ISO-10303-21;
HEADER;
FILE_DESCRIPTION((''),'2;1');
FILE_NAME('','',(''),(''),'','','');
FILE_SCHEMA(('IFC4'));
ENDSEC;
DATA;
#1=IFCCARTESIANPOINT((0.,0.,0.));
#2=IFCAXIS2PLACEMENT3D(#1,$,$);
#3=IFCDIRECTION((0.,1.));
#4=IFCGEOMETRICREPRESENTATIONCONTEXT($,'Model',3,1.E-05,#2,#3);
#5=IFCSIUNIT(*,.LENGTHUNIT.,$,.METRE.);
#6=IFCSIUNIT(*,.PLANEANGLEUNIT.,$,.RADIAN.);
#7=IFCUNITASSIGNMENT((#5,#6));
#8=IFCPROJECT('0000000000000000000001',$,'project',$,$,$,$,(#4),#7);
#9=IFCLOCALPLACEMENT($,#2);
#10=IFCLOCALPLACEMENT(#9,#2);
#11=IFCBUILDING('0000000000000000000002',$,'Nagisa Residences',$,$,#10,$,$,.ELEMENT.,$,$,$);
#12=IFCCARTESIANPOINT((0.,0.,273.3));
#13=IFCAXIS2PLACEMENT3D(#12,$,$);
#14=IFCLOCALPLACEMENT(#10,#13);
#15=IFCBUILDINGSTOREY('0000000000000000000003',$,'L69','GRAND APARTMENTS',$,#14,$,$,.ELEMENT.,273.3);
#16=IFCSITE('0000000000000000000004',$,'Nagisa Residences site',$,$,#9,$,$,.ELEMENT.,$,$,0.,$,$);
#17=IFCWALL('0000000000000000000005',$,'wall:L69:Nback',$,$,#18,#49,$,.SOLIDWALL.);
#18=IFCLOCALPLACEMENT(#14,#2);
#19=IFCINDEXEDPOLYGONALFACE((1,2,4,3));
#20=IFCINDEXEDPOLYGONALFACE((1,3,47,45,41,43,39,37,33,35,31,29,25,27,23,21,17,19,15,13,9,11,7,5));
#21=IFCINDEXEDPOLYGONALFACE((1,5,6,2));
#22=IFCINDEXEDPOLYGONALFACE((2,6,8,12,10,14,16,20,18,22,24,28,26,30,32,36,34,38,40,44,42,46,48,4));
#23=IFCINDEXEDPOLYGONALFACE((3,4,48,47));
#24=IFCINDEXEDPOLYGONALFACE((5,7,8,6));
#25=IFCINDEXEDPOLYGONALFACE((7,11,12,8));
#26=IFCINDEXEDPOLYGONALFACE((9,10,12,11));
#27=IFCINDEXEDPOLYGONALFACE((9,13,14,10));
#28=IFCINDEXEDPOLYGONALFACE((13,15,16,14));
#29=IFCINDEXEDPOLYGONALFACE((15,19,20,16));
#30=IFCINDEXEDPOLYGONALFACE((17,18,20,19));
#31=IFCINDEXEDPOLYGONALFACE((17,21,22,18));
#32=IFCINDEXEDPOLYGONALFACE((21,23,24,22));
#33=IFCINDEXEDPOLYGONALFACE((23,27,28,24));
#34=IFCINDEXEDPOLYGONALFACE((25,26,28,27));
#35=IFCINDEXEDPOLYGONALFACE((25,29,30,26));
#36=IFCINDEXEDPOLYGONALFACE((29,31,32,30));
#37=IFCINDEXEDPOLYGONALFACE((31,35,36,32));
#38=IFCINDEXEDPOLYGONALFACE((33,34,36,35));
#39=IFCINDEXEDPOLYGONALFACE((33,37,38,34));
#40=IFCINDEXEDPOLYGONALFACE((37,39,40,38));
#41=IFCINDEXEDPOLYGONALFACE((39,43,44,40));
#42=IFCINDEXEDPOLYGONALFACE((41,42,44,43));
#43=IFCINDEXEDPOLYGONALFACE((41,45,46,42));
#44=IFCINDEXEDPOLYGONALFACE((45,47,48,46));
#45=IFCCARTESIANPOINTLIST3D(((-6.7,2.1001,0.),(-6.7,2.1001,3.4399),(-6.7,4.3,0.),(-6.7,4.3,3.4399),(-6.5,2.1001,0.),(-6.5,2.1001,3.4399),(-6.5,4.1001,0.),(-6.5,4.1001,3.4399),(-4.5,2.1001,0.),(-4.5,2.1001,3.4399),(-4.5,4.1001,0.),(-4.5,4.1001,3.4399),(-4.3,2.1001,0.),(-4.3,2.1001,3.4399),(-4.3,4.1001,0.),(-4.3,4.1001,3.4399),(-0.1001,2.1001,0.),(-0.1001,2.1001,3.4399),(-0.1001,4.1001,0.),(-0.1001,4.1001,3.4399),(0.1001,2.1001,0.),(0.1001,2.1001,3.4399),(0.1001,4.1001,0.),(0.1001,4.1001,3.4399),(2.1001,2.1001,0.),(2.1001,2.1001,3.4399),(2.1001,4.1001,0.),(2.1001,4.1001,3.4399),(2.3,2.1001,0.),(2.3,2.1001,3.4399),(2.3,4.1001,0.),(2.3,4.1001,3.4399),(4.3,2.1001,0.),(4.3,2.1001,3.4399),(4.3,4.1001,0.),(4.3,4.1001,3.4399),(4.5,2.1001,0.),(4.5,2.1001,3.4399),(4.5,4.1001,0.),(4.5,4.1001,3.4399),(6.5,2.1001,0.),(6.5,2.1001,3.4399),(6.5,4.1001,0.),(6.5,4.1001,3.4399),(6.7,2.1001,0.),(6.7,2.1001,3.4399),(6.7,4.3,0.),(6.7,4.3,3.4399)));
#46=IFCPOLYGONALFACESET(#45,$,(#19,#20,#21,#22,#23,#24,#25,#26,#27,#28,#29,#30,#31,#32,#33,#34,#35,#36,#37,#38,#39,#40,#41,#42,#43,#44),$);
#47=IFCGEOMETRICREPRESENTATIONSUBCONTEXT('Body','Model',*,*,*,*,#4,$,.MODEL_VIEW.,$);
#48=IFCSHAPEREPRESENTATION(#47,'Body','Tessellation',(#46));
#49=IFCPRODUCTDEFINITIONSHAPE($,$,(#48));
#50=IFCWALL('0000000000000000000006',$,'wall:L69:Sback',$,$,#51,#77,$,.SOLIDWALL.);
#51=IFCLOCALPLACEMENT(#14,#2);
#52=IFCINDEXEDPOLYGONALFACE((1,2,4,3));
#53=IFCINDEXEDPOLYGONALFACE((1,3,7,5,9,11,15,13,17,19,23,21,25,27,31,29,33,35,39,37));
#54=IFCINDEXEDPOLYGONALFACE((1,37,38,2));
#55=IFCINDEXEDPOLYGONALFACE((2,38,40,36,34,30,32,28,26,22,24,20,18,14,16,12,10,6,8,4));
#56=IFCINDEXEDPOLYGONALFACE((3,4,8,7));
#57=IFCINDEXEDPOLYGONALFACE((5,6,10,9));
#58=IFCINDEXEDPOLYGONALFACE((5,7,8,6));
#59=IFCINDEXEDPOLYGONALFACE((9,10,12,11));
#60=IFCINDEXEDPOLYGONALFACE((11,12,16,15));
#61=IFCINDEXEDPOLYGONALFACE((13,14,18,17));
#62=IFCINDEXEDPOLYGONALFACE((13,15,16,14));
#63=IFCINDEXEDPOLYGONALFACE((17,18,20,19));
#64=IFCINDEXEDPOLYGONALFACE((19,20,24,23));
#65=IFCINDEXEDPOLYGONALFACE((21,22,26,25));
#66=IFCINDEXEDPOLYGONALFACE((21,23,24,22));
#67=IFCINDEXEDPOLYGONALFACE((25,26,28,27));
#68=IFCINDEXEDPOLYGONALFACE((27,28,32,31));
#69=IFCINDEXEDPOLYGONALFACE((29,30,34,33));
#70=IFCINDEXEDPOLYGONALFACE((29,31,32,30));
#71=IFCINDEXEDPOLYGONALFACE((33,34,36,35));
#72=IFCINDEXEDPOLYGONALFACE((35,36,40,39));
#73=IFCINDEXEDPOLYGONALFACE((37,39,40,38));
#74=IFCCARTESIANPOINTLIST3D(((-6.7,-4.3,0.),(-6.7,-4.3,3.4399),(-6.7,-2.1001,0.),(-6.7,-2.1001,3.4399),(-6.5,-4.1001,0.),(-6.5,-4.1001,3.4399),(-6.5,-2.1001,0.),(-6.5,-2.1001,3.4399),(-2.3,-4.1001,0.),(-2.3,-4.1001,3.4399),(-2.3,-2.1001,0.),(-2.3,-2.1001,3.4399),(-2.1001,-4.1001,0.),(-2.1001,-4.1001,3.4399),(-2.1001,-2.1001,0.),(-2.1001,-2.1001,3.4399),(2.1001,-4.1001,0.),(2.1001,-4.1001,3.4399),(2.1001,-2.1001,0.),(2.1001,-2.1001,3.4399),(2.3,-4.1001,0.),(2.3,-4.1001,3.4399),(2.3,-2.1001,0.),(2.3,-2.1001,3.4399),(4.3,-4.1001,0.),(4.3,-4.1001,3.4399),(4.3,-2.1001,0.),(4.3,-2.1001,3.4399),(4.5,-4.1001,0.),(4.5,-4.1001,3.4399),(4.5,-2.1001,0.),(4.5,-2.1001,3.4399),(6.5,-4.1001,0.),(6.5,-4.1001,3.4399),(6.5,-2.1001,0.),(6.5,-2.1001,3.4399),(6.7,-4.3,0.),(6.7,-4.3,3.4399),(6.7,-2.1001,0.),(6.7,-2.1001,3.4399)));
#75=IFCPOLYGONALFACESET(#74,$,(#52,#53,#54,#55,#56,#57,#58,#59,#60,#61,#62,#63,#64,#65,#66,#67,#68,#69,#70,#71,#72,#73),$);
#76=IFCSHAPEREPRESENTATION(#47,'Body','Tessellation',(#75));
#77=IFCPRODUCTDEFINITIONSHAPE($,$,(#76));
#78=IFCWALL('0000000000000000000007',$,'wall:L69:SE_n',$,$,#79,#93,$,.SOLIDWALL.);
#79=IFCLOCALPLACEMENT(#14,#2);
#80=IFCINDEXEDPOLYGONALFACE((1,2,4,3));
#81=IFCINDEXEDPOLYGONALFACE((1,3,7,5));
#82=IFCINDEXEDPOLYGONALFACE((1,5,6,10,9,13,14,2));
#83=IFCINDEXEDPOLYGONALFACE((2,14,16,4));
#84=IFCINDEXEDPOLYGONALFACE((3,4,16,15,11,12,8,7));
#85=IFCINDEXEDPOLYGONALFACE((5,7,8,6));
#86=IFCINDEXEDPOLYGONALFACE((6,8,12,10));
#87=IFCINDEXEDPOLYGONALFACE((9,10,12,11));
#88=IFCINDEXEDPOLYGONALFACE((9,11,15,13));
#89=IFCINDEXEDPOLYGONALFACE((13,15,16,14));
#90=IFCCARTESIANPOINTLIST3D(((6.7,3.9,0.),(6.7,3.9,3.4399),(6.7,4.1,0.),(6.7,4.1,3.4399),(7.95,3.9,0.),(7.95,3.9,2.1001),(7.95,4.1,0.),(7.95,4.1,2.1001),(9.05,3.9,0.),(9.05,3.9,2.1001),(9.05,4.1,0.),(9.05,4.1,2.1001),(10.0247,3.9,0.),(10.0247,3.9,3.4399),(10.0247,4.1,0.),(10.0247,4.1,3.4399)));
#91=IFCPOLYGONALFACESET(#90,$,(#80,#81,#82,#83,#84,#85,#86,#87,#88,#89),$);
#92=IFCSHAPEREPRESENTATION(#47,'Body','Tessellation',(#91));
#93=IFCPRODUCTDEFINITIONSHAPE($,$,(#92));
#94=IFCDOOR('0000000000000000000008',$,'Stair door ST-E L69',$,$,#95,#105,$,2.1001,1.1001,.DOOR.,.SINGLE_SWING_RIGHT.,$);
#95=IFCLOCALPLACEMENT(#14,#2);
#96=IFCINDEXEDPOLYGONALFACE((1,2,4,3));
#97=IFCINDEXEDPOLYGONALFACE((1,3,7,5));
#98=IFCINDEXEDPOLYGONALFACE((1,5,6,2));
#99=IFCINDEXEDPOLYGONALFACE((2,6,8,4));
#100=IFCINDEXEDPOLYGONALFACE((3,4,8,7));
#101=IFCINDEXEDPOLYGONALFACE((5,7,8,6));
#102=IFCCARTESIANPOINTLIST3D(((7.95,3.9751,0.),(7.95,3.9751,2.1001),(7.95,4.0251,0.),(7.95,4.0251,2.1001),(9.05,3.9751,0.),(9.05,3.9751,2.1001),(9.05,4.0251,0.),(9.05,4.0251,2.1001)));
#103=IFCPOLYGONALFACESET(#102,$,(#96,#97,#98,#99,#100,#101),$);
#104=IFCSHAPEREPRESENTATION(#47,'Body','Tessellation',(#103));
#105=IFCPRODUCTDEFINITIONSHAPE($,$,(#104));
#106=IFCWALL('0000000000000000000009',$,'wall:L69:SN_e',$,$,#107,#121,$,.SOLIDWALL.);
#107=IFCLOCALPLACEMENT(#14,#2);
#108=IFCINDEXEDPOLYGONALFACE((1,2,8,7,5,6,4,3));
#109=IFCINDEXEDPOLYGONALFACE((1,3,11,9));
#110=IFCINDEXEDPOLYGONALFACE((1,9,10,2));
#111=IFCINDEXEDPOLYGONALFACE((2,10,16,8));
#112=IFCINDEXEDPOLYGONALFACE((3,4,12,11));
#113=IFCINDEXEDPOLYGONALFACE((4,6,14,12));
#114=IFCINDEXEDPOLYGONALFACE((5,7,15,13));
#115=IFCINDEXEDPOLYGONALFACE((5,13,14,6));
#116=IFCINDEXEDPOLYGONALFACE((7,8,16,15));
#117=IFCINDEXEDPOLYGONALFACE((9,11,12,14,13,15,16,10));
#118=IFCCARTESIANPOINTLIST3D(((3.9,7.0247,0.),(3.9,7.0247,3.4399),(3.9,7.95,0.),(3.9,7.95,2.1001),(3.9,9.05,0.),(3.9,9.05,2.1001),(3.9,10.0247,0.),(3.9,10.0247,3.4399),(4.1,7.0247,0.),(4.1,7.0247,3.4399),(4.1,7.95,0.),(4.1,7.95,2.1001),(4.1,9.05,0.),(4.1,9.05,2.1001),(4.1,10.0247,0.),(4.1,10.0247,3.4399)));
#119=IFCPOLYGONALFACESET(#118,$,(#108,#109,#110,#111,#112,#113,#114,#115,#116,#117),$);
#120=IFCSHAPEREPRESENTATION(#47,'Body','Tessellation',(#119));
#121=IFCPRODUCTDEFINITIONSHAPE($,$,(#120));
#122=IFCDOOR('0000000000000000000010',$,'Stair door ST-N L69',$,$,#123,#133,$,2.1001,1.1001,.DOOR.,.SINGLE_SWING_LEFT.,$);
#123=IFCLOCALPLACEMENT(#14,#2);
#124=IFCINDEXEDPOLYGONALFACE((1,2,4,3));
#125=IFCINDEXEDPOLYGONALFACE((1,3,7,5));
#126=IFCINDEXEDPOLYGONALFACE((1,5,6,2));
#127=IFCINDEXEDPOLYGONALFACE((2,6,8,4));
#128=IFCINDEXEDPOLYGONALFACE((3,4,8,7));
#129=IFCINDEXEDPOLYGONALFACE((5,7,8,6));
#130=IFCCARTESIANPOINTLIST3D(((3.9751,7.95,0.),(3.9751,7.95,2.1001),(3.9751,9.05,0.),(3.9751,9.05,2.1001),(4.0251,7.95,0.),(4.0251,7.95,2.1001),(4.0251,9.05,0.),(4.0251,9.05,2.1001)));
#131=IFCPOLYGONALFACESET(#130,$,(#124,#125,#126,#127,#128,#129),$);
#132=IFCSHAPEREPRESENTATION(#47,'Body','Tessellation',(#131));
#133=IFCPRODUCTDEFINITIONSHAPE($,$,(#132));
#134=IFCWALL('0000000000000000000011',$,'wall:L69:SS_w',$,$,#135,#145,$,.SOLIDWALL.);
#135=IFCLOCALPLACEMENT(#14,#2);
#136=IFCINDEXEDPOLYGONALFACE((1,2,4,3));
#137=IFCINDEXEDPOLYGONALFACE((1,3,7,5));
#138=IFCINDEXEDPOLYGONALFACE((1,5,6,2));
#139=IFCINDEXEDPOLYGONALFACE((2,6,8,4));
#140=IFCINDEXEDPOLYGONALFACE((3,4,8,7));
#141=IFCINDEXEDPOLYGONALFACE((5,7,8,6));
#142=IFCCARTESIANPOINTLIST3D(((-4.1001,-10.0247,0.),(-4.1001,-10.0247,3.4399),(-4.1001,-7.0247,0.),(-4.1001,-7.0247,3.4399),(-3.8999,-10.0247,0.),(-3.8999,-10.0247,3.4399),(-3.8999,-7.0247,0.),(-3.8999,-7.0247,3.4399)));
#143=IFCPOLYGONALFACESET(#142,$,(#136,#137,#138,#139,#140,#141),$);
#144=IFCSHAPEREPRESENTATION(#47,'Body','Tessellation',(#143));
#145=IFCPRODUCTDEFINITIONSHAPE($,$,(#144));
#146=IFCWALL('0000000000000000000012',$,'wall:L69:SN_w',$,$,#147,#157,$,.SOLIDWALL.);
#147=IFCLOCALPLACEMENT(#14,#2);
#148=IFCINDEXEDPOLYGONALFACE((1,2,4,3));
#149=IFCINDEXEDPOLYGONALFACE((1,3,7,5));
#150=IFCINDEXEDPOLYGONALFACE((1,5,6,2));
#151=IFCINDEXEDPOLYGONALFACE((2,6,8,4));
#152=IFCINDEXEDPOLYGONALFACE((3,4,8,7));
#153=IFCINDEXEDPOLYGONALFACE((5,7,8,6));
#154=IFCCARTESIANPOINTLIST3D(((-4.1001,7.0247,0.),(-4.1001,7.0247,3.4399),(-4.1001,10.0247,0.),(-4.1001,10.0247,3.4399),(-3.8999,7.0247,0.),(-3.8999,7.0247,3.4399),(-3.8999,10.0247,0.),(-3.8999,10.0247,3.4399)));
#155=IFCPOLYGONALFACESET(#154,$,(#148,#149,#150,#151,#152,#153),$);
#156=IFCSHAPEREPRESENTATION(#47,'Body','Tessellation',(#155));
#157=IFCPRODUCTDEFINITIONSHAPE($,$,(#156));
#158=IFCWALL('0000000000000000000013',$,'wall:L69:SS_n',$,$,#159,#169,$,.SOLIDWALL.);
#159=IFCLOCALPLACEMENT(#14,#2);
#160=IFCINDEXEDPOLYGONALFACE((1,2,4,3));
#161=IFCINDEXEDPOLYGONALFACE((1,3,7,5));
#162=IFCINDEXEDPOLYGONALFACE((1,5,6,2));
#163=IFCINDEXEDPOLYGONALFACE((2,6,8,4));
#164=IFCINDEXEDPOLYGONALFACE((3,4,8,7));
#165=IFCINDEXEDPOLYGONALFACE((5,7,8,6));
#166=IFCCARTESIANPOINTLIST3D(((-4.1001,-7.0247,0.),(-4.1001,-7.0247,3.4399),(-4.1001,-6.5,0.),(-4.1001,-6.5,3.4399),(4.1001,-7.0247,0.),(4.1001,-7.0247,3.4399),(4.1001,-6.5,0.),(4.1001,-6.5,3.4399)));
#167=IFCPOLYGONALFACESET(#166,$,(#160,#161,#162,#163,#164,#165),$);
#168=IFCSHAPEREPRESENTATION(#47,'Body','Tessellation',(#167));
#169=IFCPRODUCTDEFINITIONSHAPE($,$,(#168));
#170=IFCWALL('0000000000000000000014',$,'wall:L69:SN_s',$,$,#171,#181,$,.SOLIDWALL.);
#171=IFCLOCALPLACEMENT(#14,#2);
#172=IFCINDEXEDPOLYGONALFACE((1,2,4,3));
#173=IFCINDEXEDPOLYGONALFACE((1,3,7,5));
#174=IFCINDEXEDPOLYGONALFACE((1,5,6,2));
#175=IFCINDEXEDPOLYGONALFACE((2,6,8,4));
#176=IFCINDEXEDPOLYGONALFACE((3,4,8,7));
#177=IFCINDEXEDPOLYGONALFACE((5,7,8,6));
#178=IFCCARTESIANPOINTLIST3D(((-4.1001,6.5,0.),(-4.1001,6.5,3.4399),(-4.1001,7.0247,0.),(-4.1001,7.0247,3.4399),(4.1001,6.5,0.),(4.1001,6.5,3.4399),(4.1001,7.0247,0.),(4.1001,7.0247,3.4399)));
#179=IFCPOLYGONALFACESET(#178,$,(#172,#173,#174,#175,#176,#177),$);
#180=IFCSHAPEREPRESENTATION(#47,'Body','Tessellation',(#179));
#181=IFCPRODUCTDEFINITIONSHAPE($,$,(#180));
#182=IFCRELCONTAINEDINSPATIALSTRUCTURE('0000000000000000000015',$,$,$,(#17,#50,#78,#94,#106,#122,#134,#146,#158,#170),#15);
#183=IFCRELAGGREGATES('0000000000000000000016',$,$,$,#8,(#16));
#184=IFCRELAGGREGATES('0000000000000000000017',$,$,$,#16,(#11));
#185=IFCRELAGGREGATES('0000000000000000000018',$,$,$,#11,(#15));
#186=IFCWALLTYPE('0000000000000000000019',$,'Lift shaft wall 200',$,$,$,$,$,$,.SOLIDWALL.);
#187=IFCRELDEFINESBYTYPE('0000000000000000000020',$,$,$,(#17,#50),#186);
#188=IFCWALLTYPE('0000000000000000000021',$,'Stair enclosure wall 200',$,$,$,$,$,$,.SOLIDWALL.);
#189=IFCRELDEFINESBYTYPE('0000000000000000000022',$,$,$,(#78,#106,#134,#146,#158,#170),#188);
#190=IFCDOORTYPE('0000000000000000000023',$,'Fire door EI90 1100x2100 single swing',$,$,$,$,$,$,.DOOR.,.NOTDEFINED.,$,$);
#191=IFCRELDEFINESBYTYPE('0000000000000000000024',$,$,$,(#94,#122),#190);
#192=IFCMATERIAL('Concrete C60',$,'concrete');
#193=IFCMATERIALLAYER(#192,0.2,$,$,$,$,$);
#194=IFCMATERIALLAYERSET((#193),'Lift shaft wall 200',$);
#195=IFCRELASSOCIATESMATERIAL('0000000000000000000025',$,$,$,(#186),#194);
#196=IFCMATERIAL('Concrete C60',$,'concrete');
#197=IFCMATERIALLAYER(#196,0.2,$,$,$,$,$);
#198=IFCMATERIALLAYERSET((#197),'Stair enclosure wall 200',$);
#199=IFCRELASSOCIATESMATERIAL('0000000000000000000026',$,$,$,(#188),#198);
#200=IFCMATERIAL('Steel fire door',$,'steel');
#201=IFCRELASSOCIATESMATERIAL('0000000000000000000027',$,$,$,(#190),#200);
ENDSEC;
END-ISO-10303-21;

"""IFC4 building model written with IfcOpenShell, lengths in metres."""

from ifc_helpers import new_model, si_unit, direction, frame, frame_2d, origin, place, context, subcontext, project, spatial, polyline, rectangle, outline, extrude, material, layer, layer_set, type_object, element, fill, save


model = new_model("IFC4")

# Units and contexts
model_context = context("Model", 3, precision=1e-05, world=origin(), true_north=direction((0.0, 1.0)))
body_context = subcontext(model_context, "Body", "Model", "MODEL_VIEW")
ifc_project = project(units=[si_unit("LENGTHUNIT", "METRE"), si_unit("PLANEANGLEUNIT", "RADIAN")], contexts=[model_context])

# Site, building, storey
site_placement = place(None, origin())
site = spatial("IfcSite", under=ifc_project, at=site_placement, Name="Nagisa Residences site", CompositionType="ELEMENT", RefElevation=0.0)
building_placement = place(site_placement, origin())
building = spatial("IfcBuilding", under=site, at=building_placement, Name="Nagisa Residences", CompositionType="ELEMENT")
storey_placement = place(building_placement, frame((0.0, 0.0, 273.3)))
storey = spatial("IfcBuildingStorey", under=building, at=storey_placement, Name="L69", Description="GRAND APARTMENTS", CompositionType="ELEMENT", Elevation=273.3)

# Shared definitions
ifc_material_1 = material(Name="Concrete C60", Category="concrete")
ifc_layer_1 = layer(ifc_material_1, 0.2)
ifc_layer_set_1 = layer_set([ifc_layer_1], Name="Lift shaft wall 200")
wall_type_1 = type_object("IfcWallType", Name="Lift shaft wall 200", PredefinedType="SOLIDWALL", material=ifc_layer_set_1)

# Walls
wall_1_placement = place(storey_placement, origin())
element("IfcWall", 1, at=wall_1_placement, inside=storey, type_object=wall_type_1, Name="wall:L69:Nback", PredefinedType="SOLIDWALL", context=body_context, shape_type="SweptSolid", body=[
    extrude(outline(polyline([(-6.7, 4.3), (6.7, 4.3), (6.7, 2.1001), (6.5, 2.1001), (6.5, 4.1001), (4.5, 4.1001), (4.5, 2.1001), (4.3, 2.1001), (4.3, 4.1001), (2.3, 4.1001), (2.3, 2.1001), (2.1001, 2.1001), (2.1001, 4.1001), (0.1001, 4.1001), (0.1001, 2.1001), (-0.1001, 2.1001), (-0.1001, 4.1001), (-4.3, 4.1001), (-4.3, 2.1001), (-4.5, 2.1001), (-4.5, 4.1001), (-6.5, 4.1001), (-6.5, 2.1001), (-6.7, 2.1001), (-6.7, 4.3)])), origin(), (0.0, 0.0, 1.0), 3.4399),
])
wall_2_placement = place(storey_placement, origin())
element("IfcWall", 2, at=wall_2_placement, inside=storey, type_object=wall_type_1, Name="wall:L69:Sback", PredefinedType="SOLIDWALL", context=body_context, shape_type="SweptSolid", body=[
    extrude(outline(polyline([(-6.7, -2.1001), (-6.5, -2.1001), (-6.5, -4.1001), (-2.3, -4.1001), (-2.3, -2.1001), (-2.1001, -2.1001), (-2.1001, -4.1001), (2.1001, -4.1001), (2.1001, -2.1001), (2.3, -2.1001), (2.3, -4.1001), (4.3, -4.1001), (4.3, -2.1001), (4.5, -2.1001), (4.5, -4.1001), (6.5, -4.1001), (6.5, -2.1001), (6.7, -2.1001), (6.7, -4.3), (-6.7, -4.3), (-6.7, -2.1001)])), origin(), (0.0, 0.0, 1.0), 3.4399),
])

# Walls, openings, doors
ifc_material_2 = material(Name="Concrete C60", Category="concrete")
ifc_layer_2 = layer(ifc_material_2, 0.2)
ifc_layer_set_2 = layer_set([ifc_layer_2], Name="Stair enclosure wall 200")
wall_type_2 = type_object("IfcWallType", Name="Stair enclosure wall 200", PredefinedType="SOLIDWALL", material=ifc_layer_set_2)
wall_3_placement = place(storey_placement, frame((6.7, 4.0, 0.0), z_axis=(0.0, 0.0, 1.0), x_axis=(1.0, 0.0, 0.0)))
wall_3 = element("IfcWall", 3, at=wall_3_placement, inside=storey, type_object=wall_type_2, Name="wall:L69:SE_n", PredefinedType="SOLIDWALL", context=body_context, shape_type="SweptSolid", body=[
    extrude(rectangle(XDim=3.3247, YDim=0.2, at=frame_2d((1.6624, 0.0))), origin(), (0.0, 0.0, 1.0), 3.4399),
])
opening_1_placement = place(wall_3_placement, frame((1.25, 0.0, 0.0)))
opening_1 = element("IfcOpeningElement", 4, at=opening_1_placement, cuts=wall_3, PredefinedType="OPENING", context=body_context, shape_type="SweptSolid", body=[
    extrude(rectangle(XDim=1.1001, YDim=2.1001, at=frame_2d((0.55, 1.05))), frame((0.0, 0.1099, 0.0), z_axis=(0.0, -1.0, 0.0), x_axis=(1.0, 0.0, 0.0)), (0.0, 0.0, 1.0), 0.22),
])
ifc_material_3 = material(Name="Steel fire door", Category="steel")
door_type_1 = type_object("IfcDoorType", Name="Fire door EI90 1100x2100 single swing", OperationType="NOTDEFINED", PredefinedType="DOOR", material=ifc_material_3)
door_1_placement = place(opening_1_placement, frame((1.1001, 0.0, 0.0), x_axis=(-1.0, 0.0, 0.0)))
door_1 = element("IfcDoor", 5, at=door_1_placement, inside=storey, type_object=door_type_1, Name="Stair door ST-E L69", OperationType="SINGLE_SWING_RIGHT", OverallHeight=2.1001, OverallWidth=1.1001, PredefinedType="DOOR", context=body_context, shape_type="SweptSolid", body=[
    extrude(rectangle(XDim=1.1001, YDim=2.1001, at=frame_2d((0.55, 1.05))), frame((0.0, 0.0249, 0.0), z_axis=(0.0, -1.0, 0.0), x_axis=(1.0, 0.0, 0.0)), (0.0, 0.0, 1.0), 0.05),
])
fill(opening_1, door_1)
wall_4_placement = place(storey_placement, frame((4.0, 7.0247, 0.0), z_axis=(0.0, 0.0, 1.0), x_axis=(0.0, 1.0, 0.0)))
wall_4 = element("IfcWall", 6, at=wall_4_placement, inside=storey, type_object=wall_type_2, Name="wall:L69:SN_e", PredefinedType="SOLIDWALL", context=body_context, shape_type="SweptSolid", body=[
    extrude(rectangle(XDim=3.0, YDim=0.2, at=frame_2d((1.5, 0.0))), origin(), (0.0, 0.0, 1.0), 3.4399),
])
opening_2_placement = place(wall_4_placement, frame((0.9253, 0.0, 0.0)))
opening_2 = element("IfcOpeningElement", 7, at=opening_2_placement, cuts=wall_4, PredefinedType="OPENING", context=body_context, shape_type="SweptSolid", body=[
    extrude(rectangle(XDim=1.1001, YDim=2.1001, at=frame_2d((0.55, 1.05))), frame((0.0, 0.1099, 0.0), z_axis=(0.0, -1.0, 0.0), x_axis=(1.0, 0.0, 0.0)), (0.0, 0.0, 1.0), 0.22),
])
door_2_placement = place(opening_2_placement, origin())
door_2 = element("IfcDoor", 8, at=door_2_placement, inside=storey, type_object=door_type_1, Name="Stair door ST-N L69", OperationType="SINGLE_SWING_LEFT", OverallHeight=2.1001, OverallWidth=1.1001, PredefinedType="DOOR", context=body_context, shape_type="SweptSolid", body=[
    extrude(rectangle(XDim=1.1001, YDim=2.1001, at=frame_2d((0.55, 1.05))), frame((0.0, 0.0249, 0.0), z_axis=(0.0, -1.0, 0.0), x_axis=(1.0, 0.0, 0.0)), (0.0, 0.0, 1.0), 0.05),
])
fill(opening_2, door_2)

# Walls
wall_5_placement = place(storey_placement, origin())
element("IfcWall", 9, at=wall_5_placement, inside=storey, type_object=wall_type_2, Name="wall:L69:SS_w", PredefinedType="SOLIDWALL", context=body_context, shape_type="SweptSolid", body=[
    extrude(outline(polyline([(-3.8999, -10.0247), (-4.1001, -10.0247), (-4.1001, -7.0247), (-3.8999, -7.0247), (-3.8999, -10.0247)])), origin(), (0.0, 0.0, 1.0), 3.4399),
])
wall_6_placement = place(storey_placement, origin())
element("IfcWall", 10, at=wall_6_placement, inside=storey, type_object=wall_type_2, Name="wall:L69:SN_w", PredefinedType="SOLIDWALL", context=body_context, shape_type="SweptSolid", body=[
    extrude(outline(polyline([(-3.8999, 7.0247), (-4.1001, 7.0247), (-4.1001, 10.0247), (-3.8999, 10.0247), (-3.8999, 7.0247)])), origin(), (0.0, 0.0, 1.0), 3.4399),
])
wall_7_placement = place(storey_placement, origin())
element("IfcWall", 11, at=wall_7_placement, inside=storey, type_object=wall_type_2, Name="wall:L69:SS_n", PredefinedType="SOLIDWALL", context=body_context, shape_type="SweptSolid", body=[
    extrude(outline(polyline([(4.1001, -7.0247), (-4.1001, -7.0247), (-4.1001, -6.5), (4.1001, -6.5), (4.1001, -7.0247)])), origin(), (0.0, 0.0, 1.0), 3.4399),
])
wall_8_placement = place(storey_placement, origin())
element("IfcWall", 12, at=wall_8_placement, inside=storey, type_object=wall_type_2, Name="wall:L69:SN_s", PredefinedType="SOLIDWALL", context=body_context, shape_type="SweptSolid", body=[
    extrude(outline(polyline([(4.1001, 6.5), (-4.1001, 6.5), (-4.1001, 7.0247), (4.1001, 7.0247), (4.1001, 6.5)])), origin(), (0.0, 0.0, 1.0), 3.4399),
])

save(model, "model.ifc")
